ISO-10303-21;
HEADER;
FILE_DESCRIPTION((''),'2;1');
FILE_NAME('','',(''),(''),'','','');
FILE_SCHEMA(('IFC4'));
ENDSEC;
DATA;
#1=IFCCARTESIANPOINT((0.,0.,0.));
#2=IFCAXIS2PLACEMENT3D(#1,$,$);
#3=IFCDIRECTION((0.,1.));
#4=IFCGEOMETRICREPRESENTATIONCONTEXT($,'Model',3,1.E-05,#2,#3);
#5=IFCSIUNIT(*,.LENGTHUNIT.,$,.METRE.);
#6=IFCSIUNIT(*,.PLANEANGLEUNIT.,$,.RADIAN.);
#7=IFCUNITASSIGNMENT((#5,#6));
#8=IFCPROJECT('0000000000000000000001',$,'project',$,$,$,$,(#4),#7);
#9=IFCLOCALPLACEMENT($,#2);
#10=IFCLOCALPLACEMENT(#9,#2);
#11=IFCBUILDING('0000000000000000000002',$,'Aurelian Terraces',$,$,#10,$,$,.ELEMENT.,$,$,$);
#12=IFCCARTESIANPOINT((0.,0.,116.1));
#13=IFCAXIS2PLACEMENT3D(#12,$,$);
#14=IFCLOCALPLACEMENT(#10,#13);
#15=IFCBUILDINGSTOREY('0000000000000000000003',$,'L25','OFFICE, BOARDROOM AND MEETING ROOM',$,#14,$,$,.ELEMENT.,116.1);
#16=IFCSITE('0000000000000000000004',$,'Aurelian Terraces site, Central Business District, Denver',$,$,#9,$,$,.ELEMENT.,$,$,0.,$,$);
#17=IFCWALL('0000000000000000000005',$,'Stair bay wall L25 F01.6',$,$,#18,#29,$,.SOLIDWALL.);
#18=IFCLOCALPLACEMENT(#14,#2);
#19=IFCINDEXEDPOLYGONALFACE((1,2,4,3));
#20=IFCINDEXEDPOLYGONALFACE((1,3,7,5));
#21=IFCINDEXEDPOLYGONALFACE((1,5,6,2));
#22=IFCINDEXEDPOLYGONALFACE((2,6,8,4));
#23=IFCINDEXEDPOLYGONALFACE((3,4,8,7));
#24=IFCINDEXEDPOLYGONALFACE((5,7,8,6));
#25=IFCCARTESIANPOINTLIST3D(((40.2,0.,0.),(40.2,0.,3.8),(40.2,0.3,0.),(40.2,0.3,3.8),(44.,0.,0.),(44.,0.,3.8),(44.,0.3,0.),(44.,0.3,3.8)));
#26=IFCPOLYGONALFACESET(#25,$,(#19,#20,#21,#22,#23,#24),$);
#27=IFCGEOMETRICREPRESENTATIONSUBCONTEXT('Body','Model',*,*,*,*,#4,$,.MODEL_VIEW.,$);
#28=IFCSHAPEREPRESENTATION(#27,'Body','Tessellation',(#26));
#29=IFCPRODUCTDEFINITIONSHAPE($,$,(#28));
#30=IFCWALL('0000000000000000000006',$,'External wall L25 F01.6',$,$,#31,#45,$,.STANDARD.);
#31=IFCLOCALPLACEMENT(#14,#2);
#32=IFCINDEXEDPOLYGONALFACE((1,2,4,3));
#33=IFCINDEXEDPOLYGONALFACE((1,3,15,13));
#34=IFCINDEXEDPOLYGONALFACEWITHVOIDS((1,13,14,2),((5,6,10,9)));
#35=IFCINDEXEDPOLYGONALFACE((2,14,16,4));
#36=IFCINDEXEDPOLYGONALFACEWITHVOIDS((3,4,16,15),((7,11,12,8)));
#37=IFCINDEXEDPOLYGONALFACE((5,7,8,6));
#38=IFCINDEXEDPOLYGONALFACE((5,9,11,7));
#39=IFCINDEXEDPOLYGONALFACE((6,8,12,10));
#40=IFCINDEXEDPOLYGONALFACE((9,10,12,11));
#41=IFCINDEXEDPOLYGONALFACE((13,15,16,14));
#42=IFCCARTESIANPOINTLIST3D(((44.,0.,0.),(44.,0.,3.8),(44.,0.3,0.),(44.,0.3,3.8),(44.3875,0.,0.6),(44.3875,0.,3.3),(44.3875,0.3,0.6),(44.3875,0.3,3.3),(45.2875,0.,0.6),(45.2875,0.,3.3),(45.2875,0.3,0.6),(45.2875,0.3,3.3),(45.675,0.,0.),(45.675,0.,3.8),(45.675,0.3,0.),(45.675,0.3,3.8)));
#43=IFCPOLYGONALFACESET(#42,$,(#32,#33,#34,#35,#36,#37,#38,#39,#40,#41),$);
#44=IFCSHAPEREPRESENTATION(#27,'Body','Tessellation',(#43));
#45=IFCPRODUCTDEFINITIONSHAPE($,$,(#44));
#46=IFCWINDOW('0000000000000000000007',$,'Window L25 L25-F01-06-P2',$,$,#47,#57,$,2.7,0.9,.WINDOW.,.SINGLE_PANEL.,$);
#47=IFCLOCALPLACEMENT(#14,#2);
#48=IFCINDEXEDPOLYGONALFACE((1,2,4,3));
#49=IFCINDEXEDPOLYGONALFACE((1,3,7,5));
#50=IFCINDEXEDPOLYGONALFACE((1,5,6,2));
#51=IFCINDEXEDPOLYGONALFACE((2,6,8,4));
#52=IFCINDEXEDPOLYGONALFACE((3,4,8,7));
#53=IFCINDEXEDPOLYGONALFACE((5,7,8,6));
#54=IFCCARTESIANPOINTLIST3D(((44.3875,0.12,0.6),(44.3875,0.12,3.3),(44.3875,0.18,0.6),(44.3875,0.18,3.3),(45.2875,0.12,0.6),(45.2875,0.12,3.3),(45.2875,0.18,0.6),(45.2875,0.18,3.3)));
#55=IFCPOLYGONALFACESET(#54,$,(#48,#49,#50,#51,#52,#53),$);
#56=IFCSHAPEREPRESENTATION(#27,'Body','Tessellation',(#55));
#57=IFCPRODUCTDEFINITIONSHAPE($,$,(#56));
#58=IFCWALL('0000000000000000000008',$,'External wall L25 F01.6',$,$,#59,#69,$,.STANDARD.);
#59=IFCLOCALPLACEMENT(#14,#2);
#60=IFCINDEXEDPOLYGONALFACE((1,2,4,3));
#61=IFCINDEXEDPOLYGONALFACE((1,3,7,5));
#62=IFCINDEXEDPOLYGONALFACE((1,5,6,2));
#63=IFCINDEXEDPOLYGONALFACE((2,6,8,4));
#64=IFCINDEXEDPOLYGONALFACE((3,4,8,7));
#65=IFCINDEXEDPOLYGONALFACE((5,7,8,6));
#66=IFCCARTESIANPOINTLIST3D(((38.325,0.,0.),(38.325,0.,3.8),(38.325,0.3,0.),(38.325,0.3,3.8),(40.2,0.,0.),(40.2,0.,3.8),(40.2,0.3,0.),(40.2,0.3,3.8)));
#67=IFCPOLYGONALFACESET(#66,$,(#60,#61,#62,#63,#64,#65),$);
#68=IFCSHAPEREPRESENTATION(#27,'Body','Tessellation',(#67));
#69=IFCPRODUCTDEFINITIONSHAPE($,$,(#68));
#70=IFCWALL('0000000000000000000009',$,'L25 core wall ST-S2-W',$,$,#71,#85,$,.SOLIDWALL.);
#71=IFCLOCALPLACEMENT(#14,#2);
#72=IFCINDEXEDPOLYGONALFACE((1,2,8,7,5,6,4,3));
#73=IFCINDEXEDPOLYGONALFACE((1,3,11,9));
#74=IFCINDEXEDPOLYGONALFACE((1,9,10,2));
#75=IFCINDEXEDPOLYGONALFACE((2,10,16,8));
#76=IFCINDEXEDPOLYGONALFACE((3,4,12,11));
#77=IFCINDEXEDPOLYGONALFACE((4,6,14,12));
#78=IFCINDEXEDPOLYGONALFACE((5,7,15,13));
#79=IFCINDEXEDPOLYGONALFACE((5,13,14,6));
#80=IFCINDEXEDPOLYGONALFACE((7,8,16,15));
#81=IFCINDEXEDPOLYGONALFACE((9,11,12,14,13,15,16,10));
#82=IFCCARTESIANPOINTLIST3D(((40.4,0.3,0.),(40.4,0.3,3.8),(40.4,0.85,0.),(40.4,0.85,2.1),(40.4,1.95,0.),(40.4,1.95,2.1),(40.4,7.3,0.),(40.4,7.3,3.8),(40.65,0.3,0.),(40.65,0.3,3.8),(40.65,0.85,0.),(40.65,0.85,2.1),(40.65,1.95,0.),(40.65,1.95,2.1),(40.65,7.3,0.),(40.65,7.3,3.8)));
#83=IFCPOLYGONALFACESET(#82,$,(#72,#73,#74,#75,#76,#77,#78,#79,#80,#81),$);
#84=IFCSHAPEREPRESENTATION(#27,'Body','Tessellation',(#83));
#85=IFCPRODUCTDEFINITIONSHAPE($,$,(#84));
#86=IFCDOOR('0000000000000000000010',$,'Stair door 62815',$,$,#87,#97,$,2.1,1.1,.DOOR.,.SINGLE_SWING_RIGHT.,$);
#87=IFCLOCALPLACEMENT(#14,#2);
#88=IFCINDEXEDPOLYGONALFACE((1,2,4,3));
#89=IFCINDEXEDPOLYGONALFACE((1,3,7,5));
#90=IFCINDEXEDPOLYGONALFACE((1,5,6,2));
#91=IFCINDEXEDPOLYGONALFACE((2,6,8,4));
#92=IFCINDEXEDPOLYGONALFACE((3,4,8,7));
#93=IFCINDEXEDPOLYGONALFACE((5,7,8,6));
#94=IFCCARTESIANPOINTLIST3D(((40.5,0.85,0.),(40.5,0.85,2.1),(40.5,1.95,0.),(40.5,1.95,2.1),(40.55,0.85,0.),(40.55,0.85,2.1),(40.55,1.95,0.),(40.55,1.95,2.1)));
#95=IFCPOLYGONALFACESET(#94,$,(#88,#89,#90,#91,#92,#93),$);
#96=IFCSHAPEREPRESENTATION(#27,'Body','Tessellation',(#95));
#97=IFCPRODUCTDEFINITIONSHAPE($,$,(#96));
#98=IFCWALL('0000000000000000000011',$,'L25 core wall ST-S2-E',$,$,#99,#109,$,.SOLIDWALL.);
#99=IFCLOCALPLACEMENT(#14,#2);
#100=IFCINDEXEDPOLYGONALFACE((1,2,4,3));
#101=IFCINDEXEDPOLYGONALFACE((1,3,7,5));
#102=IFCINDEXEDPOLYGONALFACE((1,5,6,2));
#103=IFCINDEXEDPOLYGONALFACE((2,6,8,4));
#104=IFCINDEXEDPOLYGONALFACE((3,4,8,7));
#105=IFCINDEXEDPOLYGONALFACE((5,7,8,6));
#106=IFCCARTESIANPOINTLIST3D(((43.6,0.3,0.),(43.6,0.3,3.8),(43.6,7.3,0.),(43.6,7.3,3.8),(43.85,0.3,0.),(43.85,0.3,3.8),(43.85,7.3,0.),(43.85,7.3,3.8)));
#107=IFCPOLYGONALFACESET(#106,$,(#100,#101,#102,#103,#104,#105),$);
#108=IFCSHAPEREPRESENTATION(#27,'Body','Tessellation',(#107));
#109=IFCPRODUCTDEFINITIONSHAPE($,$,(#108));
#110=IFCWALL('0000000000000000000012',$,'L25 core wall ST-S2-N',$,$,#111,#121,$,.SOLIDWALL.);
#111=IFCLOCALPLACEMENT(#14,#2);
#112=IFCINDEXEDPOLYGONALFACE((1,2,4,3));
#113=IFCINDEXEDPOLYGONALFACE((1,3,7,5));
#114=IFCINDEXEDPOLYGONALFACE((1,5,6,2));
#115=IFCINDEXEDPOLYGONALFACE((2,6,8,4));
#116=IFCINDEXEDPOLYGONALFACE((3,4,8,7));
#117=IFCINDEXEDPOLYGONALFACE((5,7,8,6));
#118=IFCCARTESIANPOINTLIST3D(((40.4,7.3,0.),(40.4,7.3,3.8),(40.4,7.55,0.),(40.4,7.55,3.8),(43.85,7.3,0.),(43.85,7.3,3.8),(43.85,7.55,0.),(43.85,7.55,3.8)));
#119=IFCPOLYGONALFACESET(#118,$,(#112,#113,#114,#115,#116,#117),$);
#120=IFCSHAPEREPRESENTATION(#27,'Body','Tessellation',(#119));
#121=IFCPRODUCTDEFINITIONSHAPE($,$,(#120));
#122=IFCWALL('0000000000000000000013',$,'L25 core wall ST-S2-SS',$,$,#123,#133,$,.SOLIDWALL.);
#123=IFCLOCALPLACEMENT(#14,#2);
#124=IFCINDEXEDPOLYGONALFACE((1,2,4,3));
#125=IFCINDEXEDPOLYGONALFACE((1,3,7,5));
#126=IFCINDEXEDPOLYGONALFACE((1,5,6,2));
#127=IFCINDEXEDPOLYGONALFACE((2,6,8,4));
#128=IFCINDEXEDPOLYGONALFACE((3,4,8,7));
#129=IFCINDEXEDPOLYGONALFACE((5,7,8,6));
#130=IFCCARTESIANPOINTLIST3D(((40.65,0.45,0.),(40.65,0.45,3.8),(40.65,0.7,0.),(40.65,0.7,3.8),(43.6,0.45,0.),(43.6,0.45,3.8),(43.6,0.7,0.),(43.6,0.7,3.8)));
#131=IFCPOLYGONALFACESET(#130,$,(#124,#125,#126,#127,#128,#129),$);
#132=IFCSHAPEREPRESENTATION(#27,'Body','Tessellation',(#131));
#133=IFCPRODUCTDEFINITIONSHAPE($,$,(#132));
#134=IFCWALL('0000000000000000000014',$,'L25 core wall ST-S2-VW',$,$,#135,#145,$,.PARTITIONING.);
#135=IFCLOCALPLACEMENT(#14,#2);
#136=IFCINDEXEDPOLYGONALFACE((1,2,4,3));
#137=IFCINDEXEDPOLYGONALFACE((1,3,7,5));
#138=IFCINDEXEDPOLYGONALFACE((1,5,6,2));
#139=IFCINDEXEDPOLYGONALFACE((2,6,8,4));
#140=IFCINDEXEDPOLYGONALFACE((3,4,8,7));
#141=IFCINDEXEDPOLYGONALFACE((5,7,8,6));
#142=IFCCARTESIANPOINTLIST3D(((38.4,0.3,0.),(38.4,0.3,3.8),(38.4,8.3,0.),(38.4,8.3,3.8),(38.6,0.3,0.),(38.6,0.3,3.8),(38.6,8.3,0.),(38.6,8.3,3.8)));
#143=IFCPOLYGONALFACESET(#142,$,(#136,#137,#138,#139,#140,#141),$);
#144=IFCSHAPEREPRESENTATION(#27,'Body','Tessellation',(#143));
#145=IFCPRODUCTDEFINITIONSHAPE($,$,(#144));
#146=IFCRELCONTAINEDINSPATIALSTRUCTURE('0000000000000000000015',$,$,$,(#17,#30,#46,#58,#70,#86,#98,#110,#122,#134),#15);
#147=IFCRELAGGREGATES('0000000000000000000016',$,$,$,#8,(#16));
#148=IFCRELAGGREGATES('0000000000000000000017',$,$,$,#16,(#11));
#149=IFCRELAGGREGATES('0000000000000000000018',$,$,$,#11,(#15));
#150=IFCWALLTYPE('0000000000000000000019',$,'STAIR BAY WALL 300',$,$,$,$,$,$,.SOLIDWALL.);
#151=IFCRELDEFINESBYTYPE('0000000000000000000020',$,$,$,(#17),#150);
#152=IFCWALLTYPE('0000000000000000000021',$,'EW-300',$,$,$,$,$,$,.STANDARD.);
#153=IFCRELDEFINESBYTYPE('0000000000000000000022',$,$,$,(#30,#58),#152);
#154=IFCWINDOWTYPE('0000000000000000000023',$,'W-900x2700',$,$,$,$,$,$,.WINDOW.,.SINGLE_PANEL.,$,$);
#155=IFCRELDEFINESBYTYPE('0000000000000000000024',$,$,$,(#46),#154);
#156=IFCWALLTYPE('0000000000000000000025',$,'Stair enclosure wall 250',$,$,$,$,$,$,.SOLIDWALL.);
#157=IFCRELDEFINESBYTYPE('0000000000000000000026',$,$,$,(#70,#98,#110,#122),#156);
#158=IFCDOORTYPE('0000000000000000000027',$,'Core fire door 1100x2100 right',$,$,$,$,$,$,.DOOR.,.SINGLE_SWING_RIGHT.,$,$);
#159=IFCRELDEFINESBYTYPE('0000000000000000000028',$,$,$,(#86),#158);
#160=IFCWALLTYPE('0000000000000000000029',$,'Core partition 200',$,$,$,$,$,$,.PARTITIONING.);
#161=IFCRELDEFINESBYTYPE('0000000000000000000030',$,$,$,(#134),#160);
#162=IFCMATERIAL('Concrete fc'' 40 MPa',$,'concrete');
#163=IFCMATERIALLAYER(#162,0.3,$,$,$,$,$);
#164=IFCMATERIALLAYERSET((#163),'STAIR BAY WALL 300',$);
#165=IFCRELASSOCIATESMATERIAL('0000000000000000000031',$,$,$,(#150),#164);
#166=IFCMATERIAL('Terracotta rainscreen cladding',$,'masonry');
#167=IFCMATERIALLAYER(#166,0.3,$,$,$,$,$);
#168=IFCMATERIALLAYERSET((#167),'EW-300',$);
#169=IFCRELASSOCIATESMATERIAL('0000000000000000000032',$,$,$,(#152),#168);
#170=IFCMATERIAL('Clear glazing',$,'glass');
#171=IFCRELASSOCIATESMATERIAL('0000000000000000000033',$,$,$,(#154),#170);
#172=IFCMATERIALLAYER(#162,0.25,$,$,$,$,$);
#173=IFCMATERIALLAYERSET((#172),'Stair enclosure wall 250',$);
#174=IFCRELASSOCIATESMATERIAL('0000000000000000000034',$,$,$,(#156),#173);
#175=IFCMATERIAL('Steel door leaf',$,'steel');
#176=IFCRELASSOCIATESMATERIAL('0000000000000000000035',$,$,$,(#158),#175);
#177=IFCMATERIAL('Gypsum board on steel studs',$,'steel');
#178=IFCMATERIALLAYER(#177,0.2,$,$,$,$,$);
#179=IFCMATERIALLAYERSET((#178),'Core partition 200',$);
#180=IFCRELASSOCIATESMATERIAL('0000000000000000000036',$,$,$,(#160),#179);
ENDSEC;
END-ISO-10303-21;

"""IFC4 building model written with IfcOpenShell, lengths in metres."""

from ifc_helpers import new_model, si_unit, direction, frame, frame_2d, origin, place, context, subcontext, project, spatial, rectangle, extrude, source, transform, mapped, material, layer, layer_set, type_object, element, fill, save


model = new_model("IFC4")

# Units and contexts
model_context = context("Model", 3, precision=1e-05, world=origin(), true_north=direction((0.0, 1.0)))
body_context = subcontext(model_context, "Body", "Model", "MODEL_VIEW")
ifc_project = project(units=[si_unit("LENGTHUNIT", "METRE"), si_unit("PLANEANGLEUNIT", "RADIAN")], contexts=[model_context])

# Site, building, storey
site_placement = place(None, origin())
site = spatial("IfcSite", under=ifc_project, at=site_placement, Name="Aurelian Terraces site, Central Business District, Denver", CompositionType="ELEMENT", RefElevation=0.0)
building_placement = place(site_placement, origin())
building = spatial("IfcBuilding", under=site, at=building_placement, Name="Aurelian Terraces", CompositionType="ELEMENT")
storey_placement = place(building_placement, frame((0.0, 0.0, 116.1)))
storey = spatial("IfcBuildingStorey", under=building, at=storey_placement, Name="L25", Description="OFFICE, BOARDROOM AND MEETING ROOM", CompositionType="ELEMENT", Elevation=116.1)

# Wall
ifc_material_1 = material(Name="Concrete fc' 40 MPa", Category="concrete")
ifc_layer_1 = layer(ifc_material_1, 0.3)
ifc_layer_set_1 = layer_set([ifc_layer_1], Name="STAIR BAY WALL 300")
wall_type_1 = type_object("IfcWallType", Name="STAIR BAY WALL 300", PredefinedType="SOLIDWALL", material=ifc_layer_set_1)
shared_shape_1 = source(origin(), body_context, "Body", "SweptSolid", [
    extrude(rectangle(XDim=3.8, YDim=0.3, at=frame_2d((1.9, 0.0))), origin(), (0.0, 0.0, 1.0), 3.8),
])
wall_1_placement = place(storey_placement, frame((40.2, 0.15, 0.0), z_axis=(0.0, 0.0, 1.0), x_axis=(1.0, 0.0, 0.0)))
element("IfcWall", 1, at=wall_1_placement, inside=storey, type_object=wall_type_1, Name="Stair bay wall L25 F01.6", PredefinedType="SOLIDWALL", context=body_context, shape_type="MappedRepresentation", body=[
    mapped(shared_shape_1, transform((0.0, 0.0, 0.0), scale=1.0)),
])

# Wall, opening, window
ifc_material_2 = material(Name="Terracotta rainscreen cladding", Category="masonry")
ifc_layer_2 = layer(ifc_material_2, 0.3)
ifc_layer_set_2 = layer_set([ifc_layer_2], Name="EW-300")
wall_type_2 = type_object("IfcWallType", Name="EW-300", PredefinedType="STANDARD", material=ifc_layer_set_2)
shared_shape_2 = source(origin(), body_context, "Body", "SweptSolid", [
    extrude(rectangle(XDim=1.675, YDim=0.3, at=frame_2d((0.8375, 0.0))), origin(), (0.0, 0.0, 1.0), 3.8),
])
wall_2_placement = place(storey_placement, frame((44.0, 0.15, 0.0), z_axis=(0.0, 0.0, 1.0), x_axis=(1.0, 0.0, 0.0)))
wall_2 = element("IfcWall", 2, at=wall_2_placement, inside=storey, type_object=wall_type_2, Name="External wall L25 F01.6", PredefinedType="STANDARD", context=body_context, shape_type="MappedRepresentation", body=[
    mapped(shared_shape_2, transform((0.0, 0.0, 0.0), scale=1.0)),
])
shared_shape_3 = source(origin(), body_context, "Body", "SweptSolid", [
    extrude(rectangle(XDim=0.9, YDim=2.7, at=frame_2d((0.45, 1.35))), frame((0.0, 0.16, 0.0), z_axis=(0.0, -1.0, 0.0), x_axis=(1.0, 0.0, 0.0)), (0.0, 0.0, 1.0), 0.32),
])
opening_1_placement = place(wall_2_placement, frame((0.3875, 0.0, 0.6)))
opening_1 = element("IfcOpeningElement", 3, at=opening_1_placement, cuts=wall_2, PredefinedType="OPENING", context=body_context, shape_type="MappedRepresentation", body=[
    mapped(shared_shape_3, transform((0.0, 0.0, 0.0), scale=1.0)),
])
ifc_material_3 = material(Name="Clear glazing", Category="glass")
window_type = type_object("IfcWindowType", Name="W-900x2700", PartitioningType="SINGLE_PANEL", PredefinedType="WINDOW", material=ifc_material_3)
shared_shape_4 = source(origin(), body_context, "Body", "SweptSolid", [
    extrude(rectangle(XDim=0.9, YDim=2.7, at=frame_2d((0.45, 1.35))), frame((0.0, 0.03, 0.0), z_axis=(0.0, -1.0, 0.0), x_axis=(1.0, 0.0, 0.0)), (0.0, 0.0, 1.0), 0.06),
])
window_placement = place(opening_1_placement, origin())
window = element("IfcWindow", 4, at=window_placement, inside=storey, type_object=window_type, Name="Window L25 L25-F01-06-P2", OverallHeight=2.7, OverallWidth=0.9, PartitioningType="SINGLE_PANEL", PredefinedType="WINDOW", context=body_context, shape_type="MappedRepresentation", body=[
    mapped(shared_shape_4, transform((0.0, 0.0, 0.0), scale=1.0)),
])
fill(opening_1, window)

# Wall
shared_shape_5 = source(origin(), body_context, "Body", "SweptSolid", [
    extrude(rectangle(XDim=1.875, YDim=0.3, at=frame_2d((0.9375, 0.0))), origin(), (0.0, 0.0, 1.0), 3.8),
])
wall_3_placement = place(storey_placement, frame((38.325, 0.15, 0.0), z_axis=(0.0, 0.0, 1.0), x_axis=(1.0, 0.0, 0.0)))
element("IfcWall", 5, at=wall_3_placement, inside=storey, type_object=wall_type_2, Name="External wall L25 F01.6", PredefinedType="STANDARD", context=body_context, shape_type="MappedRepresentation", body=[
    mapped(shared_shape_5, transform((0.0, 0.0, 0.0), scale=1.0)),
])

# Wall, opening, door
ifc_layer_3 = layer(ifc_material_1, 0.25)
ifc_layer_set_3 = layer_set([ifc_layer_3], Name="Stair enclosure wall 250")
wall_type_3 = type_object("IfcWallType", Name="Stair enclosure wall 250", PredefinedType="SOLIDWALL", material=ifc_layer_set_3)
shared_shape_6 = source(origin(), body_context, "Body", "SweptSolid", [
    extrude(rectangle(XDim=7.0, YDim=0.25, at=frame_2d((3.5, 0.0))), origin(), (0.0, 0.0, 1.0), 3.8),
])
wall_4_placement = place(storey_placement, frame((40.525, 0.3, 0.0), z_axis=(0.0, 0.0, 1.0), x_axis=(0.0, 1.0, 0.0)))
wall_4 = element("IfcWall", 6, at=wall_4_placement, inside=storey, type_object=wall_type_3, Name="L25 core wall ST-S2-W", PredefinedType="SOLIDWALL", context=body_context, shape_type="MappedRepresentation", body=[
    mapped(shared_shape_6, transform((0.0, 0.0, 0.0), scale=1.0)),
])
shared_shape_7 = source(origin(), body_context, "Body", "SweptSolid", [
    extrude(rectangle(XDim=1.1, YDim=2.1, at=frame_2d((0.55, 1.05))), frame((0.0, 0.135, 0.0), z_axis=(0.0, -1.0, 0.0), x_axis=(1.0, 0.0, 0.0)), (0.0, 0.0, 1.0), 0.27),
])
opening_2_placement = place(wall_4_placement, frame((0.55, 0.0, 0.0)))
opening_2 = element("IfcOpeningElement", 7, at=opening_2_placement, cuts=wall_4, PredefinedType="OPENING", context=body_context, shape_type="MappedRepresentation", body=[
    mapped(shared_shape_7, transform((0.0, 0.0, 0.0), scale=1.0)),
])
ifc_material_4 = material(Name="Steel door leaf", Category="steel")
door_type_1 = type_object("IfcDoorType", Name="Core fire door 1100x2100 right", OperationType="SINGLE_SWING_RIGHT", PredefinedType="DOOR", material=ifc_material_4)
shared_shape_8 = source(origin(), body_context, "Body", "SweptSolid", [
    extrude(rectangle(XDim=1.1, YDim=2.1, at=frame_2d((0.55, 1.05))), frame((0.0, 0.025, 0.0), z_axis=(0.0, -1.0, 0.0), x_axis=(1.0, 0.0, 0.0)), (0.0, 0.0, 1.0), 0.05),
])
door_1_placement = place(opening_2_placement, origin())
door_1 = element("IfcDoor", 8, at=door_1_placement, inside=storey, type_object=door_type_1, Name="Stair door 62815", OperationType="SINGLE_SWING_RIGHT", OverallHeight=2.1, OverallWidth=1.1, PredefinedType="DOOR", context=body_context, shape_type="MappedRepresentation", body=[
    mapped(shared_shape_8, transform((0.0, 0.0, 0.0), scale=1.0)),
])
fill(opening_2, door_1)

# Walls
wall_5_placement = place(storey_placement, frame((43.725, 0.3, 0.0), z_axis=(0.0, 0.0, 1.0), x_axis=(0.0, 1.0, 0.0)))
element("IfcWall", 9, at=wall_5_placement, inside=storey, type_object=wall_type_3, Name="L25 core wall ST-S2-E", PredefinedType="SOLIDWALL", context=body_context, shape_type="MappedRepresentation", body=[
    mapped(shared_shape_6, transform((0.0, 0.0, 0.0), scale=1.0)),
])
shared_shape_9 = source(origin(), body_context, "Body", "SweptSolid", [
    extrude(rectangle(XDim=3.45, YDim=0.25, at=frame_2d((1.725, 0.0))), origin(), (0.0, 0.0, 1.0), 3.8),
])
wall_6_placement = place(storey_placement, frame((40.4, 7.425, 0.0), z_axis=(0.0, 0.0, 1.0), x_axis=(1.0, 0.0, 0.0)))
element("IfcWall", 10, at=wall_6_placement, inside=storey, type_object=wall_type_3, Name="L25 core wall ST-S2-N", PredefinedType="SOLIDWALL", context=body_context, shape_type="MappedRepresentation", body=[
    mapped(shared_shape_9, transform((0.0, 0.0, 0.0), scale=1.0)),
])
shared_shape_10 = source(origin(), body_context, "Body", "SweptSolid", [
    extrude(rectangle(XDim=2.95, YDim=0.25, at=frame_2d((1.475, 0.0))), origin(), (0.0, 0.0, 1.0), 3.8),
])
wall_7_placement = place(storey_placement, frame((40.65, 0.575, 0.0), z_axis=(0.0, 0.0, 1.0), x_axis=(1.0, 0.0, 0.0)))
element("IfcWall", 11, at=wall_7_placement, inside=storey, type_object=wall_type_3, Name="L25 core wall ST-S2-SS", PredefinedType="SOLIDWALL", context=body_context, shape_type="MappedRepresentation", body=[
    mapped(shared_shape_10, transform((0.0, 0.0, 0.0), scale=1.0)),
])
ifc_material_5 = material(Name="Gypsum board on steel studs", Category="steel")
ifc_layer_4 = layer(ifc_material_5, 0.2)
ifc_layer_set_4 = layer_set([ifc_layer_4], Name="Core partition 200")
wall_type_4 = type_object("IfcWallType", Name="Core partition 200", PredefinedType="PARTITIONING", material=ifc_layer_set_4)
shared_shape_11 = source(origin(), body_context, "Body", "SweptSolid", [
    extrude(rectangle(XDim=8.0, YDim=0.2, at=frame_2d((4.0, 0.0))), origin(), (0.0, 0.0, 1.0), 3.8),
])
wall_8_placement = place(storey_placement, frame((38.5, 0.3, 0.0), z_axis=(0.0, 0.0, 1.0), x_axis=(0.0, 1.0, 0.0)))
element("IfcWall", 12, at=wall_8_placement, inside=storey, type_object=wall_type_4, Name="L25 core wall ST-S2-VW", PredefinedType="PARTITIONING", context=body_context, shape_type="MappedRepresentation", body=[
    mapped(shared_shape_11, transform((0.0, 0.0, 0.0), scale=1.0)),
])

save(model, "model.ifc")
